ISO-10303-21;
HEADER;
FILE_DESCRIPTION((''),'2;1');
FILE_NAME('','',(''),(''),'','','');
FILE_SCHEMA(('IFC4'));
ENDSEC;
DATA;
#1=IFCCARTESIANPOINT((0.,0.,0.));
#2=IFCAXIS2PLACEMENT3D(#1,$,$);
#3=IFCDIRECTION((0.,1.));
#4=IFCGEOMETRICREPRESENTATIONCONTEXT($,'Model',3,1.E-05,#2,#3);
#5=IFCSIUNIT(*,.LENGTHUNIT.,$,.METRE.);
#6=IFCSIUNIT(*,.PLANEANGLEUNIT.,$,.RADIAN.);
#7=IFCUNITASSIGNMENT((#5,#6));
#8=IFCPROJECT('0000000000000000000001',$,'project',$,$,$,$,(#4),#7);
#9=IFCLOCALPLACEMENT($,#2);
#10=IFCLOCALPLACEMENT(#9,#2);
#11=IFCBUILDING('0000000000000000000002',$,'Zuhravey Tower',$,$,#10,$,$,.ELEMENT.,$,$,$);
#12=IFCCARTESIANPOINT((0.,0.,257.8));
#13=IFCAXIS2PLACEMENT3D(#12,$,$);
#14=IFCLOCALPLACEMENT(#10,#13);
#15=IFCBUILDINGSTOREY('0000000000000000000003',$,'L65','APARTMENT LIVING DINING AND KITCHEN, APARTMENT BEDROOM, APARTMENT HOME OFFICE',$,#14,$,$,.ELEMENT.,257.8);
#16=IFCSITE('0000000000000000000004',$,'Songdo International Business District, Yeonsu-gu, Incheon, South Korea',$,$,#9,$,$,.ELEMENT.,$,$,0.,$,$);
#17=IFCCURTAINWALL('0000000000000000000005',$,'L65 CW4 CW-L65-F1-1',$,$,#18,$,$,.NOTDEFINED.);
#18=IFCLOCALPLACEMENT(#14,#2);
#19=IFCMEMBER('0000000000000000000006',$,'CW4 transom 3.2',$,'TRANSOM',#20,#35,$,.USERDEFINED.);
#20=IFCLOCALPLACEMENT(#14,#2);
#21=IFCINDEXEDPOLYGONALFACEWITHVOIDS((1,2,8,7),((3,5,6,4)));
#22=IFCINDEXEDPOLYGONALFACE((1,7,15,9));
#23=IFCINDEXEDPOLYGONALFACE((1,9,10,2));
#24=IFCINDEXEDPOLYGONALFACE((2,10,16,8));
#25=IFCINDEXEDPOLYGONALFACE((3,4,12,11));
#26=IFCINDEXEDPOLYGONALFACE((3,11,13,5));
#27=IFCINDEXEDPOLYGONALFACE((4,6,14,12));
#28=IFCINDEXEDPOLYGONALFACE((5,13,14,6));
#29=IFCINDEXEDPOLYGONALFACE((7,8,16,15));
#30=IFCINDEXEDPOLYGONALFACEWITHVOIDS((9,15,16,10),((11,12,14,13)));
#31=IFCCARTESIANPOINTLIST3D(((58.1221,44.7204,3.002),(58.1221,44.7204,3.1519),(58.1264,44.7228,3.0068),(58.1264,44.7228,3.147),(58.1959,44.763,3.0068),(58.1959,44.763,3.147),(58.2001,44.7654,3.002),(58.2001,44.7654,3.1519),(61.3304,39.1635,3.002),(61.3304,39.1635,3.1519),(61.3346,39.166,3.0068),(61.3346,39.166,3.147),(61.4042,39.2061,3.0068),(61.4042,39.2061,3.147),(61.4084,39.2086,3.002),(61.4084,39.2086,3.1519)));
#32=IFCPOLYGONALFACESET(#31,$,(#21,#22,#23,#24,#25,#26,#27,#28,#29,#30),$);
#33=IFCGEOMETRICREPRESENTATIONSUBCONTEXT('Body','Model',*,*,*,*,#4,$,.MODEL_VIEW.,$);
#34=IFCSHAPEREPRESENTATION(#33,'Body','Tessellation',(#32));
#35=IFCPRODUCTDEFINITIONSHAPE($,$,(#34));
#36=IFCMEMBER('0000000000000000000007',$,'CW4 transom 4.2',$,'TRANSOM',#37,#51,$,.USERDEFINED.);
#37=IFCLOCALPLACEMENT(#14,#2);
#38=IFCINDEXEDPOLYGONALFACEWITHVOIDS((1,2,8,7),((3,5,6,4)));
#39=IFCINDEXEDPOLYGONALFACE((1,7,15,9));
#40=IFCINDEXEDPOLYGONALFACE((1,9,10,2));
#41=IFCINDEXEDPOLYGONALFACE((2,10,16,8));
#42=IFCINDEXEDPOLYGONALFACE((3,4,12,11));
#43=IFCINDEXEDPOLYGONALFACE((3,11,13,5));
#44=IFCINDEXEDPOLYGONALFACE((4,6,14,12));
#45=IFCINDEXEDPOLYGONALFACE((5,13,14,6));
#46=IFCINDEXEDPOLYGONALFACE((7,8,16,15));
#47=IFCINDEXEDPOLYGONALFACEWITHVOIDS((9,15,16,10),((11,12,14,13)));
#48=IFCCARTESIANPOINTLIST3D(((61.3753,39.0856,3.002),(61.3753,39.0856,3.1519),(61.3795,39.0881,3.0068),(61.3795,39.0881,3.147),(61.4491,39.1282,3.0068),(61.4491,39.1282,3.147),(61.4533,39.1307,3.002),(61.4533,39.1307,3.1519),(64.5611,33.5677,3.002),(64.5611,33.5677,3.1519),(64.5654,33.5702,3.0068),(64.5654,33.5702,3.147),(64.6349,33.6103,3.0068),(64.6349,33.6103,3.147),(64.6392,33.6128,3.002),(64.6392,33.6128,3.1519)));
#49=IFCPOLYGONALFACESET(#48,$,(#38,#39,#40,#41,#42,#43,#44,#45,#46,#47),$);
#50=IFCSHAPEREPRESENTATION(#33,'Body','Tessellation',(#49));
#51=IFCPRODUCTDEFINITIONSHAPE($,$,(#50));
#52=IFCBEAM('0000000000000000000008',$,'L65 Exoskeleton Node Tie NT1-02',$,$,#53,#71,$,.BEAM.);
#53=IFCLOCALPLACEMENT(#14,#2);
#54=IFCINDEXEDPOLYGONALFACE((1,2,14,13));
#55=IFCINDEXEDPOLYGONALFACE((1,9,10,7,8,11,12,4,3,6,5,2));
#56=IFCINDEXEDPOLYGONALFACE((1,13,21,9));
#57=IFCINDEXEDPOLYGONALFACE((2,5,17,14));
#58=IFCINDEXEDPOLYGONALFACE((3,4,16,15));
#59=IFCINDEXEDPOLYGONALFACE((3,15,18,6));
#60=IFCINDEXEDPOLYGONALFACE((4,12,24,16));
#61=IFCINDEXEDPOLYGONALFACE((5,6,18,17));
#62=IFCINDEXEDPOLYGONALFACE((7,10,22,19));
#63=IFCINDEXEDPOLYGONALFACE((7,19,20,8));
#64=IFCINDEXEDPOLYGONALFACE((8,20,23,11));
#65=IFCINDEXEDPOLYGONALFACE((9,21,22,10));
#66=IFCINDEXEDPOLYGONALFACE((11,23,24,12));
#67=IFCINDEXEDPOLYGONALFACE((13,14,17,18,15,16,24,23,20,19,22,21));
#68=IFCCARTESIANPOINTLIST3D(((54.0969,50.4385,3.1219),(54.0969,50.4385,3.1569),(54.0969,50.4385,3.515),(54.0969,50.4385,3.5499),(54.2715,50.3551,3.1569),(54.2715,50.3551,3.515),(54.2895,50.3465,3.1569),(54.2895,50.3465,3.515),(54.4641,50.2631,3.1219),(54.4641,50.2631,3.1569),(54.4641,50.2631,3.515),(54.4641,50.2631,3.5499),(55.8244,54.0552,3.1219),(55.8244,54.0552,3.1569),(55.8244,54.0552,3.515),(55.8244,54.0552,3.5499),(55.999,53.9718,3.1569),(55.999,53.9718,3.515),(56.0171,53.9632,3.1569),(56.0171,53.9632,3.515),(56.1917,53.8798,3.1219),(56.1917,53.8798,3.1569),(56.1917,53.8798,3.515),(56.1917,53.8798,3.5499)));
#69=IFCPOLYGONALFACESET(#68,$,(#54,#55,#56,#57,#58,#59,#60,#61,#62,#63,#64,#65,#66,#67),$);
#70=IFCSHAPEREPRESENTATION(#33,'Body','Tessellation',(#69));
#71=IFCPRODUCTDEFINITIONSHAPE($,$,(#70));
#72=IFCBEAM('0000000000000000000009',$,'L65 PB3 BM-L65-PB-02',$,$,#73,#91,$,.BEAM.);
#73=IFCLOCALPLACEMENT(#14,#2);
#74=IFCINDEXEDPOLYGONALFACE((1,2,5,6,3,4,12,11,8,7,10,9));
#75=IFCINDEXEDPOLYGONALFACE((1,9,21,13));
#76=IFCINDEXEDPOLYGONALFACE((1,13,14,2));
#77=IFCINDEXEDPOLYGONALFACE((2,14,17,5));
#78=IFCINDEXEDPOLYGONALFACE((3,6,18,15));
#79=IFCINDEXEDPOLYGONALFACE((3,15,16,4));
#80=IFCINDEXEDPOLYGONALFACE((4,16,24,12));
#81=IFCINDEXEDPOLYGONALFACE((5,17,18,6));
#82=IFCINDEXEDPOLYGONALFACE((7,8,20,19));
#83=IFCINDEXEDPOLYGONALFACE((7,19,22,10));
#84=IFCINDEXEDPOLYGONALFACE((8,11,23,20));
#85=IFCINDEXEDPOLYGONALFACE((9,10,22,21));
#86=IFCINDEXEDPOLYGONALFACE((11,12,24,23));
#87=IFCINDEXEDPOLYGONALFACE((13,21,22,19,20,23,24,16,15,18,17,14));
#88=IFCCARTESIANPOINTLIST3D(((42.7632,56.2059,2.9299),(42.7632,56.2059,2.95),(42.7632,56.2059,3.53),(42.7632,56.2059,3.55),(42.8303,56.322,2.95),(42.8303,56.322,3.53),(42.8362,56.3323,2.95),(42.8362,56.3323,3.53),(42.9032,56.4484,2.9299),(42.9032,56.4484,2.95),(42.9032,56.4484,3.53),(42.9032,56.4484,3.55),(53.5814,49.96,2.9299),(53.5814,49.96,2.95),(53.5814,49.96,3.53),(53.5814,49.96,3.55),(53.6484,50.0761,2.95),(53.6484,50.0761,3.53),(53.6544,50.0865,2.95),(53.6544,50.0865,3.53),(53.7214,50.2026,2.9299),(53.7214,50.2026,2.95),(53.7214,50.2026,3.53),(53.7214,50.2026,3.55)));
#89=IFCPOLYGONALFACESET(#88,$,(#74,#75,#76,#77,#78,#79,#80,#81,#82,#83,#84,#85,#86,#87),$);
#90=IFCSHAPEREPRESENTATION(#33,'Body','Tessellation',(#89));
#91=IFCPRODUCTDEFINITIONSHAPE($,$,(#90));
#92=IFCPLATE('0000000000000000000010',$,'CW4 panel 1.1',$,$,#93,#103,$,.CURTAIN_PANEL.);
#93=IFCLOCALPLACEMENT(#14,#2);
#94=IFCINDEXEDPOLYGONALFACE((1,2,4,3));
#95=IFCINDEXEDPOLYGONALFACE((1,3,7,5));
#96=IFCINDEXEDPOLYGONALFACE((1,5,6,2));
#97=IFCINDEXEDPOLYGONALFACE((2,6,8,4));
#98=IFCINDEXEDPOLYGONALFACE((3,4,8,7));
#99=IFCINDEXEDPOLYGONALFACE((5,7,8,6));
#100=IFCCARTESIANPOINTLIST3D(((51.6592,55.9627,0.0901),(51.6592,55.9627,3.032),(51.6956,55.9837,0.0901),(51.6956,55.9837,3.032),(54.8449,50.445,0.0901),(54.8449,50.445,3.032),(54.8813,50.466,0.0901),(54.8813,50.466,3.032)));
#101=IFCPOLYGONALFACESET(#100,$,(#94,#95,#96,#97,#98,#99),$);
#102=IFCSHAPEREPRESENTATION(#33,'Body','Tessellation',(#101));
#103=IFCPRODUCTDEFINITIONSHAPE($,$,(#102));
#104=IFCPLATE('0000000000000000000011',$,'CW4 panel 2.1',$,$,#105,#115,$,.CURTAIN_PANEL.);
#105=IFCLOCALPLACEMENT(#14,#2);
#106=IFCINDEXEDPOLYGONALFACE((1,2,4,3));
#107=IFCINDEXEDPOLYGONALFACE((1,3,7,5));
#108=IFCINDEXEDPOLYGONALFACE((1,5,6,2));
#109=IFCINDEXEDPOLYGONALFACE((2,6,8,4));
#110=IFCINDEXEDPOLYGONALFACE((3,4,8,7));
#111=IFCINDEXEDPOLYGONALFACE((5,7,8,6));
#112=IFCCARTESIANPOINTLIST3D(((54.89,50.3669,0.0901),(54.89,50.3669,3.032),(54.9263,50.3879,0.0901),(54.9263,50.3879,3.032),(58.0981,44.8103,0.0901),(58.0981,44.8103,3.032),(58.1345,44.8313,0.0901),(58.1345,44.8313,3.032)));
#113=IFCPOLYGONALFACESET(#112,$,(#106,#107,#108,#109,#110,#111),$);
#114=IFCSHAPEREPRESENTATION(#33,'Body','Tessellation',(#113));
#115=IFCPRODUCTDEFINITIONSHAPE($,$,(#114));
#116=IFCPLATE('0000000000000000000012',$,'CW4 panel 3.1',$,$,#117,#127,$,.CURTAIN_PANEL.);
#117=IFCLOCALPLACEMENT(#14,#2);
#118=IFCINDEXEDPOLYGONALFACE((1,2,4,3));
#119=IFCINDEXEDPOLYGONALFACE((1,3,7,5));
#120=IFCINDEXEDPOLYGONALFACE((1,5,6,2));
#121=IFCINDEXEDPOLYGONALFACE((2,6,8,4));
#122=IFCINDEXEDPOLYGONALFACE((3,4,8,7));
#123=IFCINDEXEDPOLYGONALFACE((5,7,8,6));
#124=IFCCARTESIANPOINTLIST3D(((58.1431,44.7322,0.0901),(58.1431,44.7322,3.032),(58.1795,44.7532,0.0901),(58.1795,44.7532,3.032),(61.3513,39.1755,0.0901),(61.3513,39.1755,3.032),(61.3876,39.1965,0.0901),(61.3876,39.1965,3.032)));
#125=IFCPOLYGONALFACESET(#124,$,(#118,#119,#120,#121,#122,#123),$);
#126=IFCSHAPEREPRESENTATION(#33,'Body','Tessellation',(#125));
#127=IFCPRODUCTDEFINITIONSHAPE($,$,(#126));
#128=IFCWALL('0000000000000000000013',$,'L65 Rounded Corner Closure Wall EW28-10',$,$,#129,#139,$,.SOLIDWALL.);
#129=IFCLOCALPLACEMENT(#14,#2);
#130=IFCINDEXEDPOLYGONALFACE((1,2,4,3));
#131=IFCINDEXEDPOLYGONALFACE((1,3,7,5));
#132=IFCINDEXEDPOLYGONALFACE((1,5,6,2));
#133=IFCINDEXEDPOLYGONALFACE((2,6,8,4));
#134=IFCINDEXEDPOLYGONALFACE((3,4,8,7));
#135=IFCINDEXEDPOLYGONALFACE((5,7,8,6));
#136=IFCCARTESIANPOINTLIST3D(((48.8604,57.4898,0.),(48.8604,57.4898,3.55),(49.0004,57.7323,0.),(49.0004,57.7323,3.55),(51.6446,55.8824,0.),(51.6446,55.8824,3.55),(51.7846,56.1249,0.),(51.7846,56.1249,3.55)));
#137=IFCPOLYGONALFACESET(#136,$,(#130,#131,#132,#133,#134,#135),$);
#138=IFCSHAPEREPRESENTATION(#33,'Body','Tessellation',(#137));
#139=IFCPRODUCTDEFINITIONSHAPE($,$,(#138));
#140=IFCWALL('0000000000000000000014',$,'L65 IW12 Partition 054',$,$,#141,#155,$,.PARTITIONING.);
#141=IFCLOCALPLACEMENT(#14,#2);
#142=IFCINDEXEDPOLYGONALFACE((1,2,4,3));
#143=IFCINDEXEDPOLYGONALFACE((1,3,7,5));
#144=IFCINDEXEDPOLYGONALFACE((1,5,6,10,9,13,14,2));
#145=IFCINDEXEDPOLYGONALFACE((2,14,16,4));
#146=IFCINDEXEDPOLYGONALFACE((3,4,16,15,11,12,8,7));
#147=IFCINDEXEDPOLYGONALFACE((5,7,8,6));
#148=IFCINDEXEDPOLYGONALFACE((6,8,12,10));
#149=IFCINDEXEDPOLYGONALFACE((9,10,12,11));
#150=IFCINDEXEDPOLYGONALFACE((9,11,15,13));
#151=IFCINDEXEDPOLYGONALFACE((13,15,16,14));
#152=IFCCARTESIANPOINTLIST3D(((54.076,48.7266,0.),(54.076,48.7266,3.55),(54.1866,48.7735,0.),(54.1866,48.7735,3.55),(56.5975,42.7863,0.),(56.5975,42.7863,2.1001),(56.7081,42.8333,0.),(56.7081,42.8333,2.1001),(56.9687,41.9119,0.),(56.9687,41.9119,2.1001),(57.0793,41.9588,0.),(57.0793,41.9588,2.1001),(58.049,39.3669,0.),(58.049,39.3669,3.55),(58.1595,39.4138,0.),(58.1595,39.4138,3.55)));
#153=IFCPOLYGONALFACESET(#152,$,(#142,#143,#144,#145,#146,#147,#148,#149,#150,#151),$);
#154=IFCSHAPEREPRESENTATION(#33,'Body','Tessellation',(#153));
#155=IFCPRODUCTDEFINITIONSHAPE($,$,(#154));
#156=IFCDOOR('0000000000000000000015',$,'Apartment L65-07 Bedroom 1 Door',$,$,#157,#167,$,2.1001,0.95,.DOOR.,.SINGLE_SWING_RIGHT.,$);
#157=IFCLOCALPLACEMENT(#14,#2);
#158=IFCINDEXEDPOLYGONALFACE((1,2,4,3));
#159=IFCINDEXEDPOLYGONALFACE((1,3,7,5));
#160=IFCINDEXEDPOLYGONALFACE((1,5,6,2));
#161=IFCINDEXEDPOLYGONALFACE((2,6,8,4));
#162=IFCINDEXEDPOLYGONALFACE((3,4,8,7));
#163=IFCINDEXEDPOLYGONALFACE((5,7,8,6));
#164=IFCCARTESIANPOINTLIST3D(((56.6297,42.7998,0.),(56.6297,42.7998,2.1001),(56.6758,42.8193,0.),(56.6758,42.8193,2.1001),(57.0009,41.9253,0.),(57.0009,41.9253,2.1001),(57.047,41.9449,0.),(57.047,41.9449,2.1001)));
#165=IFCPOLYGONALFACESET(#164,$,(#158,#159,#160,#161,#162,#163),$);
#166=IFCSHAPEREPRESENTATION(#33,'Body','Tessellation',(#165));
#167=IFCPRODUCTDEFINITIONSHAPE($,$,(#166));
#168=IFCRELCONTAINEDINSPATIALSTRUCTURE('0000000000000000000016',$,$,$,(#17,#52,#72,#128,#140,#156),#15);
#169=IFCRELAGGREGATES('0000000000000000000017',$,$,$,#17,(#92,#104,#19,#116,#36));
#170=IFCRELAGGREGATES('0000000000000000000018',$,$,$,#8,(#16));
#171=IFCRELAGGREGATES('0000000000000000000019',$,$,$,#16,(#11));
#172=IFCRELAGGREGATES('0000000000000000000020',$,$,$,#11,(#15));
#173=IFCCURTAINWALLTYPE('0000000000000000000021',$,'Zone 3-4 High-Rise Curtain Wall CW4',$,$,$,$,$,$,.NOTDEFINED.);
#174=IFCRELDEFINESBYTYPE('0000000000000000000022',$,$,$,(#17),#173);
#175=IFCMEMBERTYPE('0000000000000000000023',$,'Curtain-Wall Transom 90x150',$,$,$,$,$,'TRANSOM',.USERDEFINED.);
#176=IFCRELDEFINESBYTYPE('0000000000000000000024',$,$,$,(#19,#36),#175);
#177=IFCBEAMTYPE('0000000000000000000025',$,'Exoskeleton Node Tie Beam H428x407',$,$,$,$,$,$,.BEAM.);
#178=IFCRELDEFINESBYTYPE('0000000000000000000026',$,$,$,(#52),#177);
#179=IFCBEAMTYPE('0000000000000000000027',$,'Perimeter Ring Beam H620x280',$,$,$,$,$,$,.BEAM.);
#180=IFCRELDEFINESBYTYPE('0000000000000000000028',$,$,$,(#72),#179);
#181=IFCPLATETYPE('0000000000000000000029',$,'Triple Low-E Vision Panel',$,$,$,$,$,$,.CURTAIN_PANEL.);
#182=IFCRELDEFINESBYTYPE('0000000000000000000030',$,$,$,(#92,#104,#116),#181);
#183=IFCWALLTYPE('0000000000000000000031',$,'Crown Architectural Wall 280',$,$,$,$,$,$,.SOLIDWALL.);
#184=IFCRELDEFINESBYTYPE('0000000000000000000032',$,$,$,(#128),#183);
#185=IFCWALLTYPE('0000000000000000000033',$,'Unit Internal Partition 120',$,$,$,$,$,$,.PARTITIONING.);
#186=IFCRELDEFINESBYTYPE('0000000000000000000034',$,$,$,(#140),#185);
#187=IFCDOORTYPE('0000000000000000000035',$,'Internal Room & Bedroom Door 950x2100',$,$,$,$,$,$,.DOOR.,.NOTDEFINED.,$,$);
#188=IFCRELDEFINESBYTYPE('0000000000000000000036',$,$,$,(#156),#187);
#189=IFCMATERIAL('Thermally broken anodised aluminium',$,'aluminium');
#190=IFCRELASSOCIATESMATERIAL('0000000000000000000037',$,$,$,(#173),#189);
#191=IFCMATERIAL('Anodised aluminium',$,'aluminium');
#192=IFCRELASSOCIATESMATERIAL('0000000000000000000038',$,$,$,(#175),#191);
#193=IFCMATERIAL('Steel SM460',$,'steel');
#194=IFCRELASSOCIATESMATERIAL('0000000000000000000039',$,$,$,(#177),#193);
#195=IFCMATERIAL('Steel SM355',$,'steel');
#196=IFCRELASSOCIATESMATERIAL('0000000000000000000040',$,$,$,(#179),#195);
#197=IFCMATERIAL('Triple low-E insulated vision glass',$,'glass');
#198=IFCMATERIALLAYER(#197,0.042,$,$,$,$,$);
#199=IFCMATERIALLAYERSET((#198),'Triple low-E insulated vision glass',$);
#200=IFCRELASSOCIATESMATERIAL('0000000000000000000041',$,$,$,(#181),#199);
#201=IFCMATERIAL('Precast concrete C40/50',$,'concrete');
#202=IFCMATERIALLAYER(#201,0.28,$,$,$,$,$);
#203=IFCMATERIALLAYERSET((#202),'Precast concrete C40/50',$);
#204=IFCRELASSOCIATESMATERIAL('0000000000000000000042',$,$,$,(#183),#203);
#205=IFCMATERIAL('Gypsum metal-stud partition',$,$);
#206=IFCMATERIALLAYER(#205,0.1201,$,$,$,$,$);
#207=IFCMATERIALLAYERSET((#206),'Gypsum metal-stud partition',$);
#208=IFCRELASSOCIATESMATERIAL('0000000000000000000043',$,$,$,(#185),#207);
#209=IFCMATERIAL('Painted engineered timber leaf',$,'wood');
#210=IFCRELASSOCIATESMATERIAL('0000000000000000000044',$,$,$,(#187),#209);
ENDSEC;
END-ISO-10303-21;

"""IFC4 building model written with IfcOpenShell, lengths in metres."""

from ifc_helpers import new_model, si_unit, direction, frame, frame_2d, origin, origin_2d, place, context, subcontext, project, spatial, rectangle, hollow_rectangle, i_section, extrude, material, layer, layer_set, material_profile, profile_set, type_object, element, fill, aggregate, save


model = new_model("IFC4")

# Units and contexts
model_context = context("Model", 3, precision=1e-05, world=origin(), true_north=direction((0.0, 1.0)))
body_context = subcontext(model_context, "Body", "Model", "MODEL_VIEW")
ifc_project = project(units=[si_unit("LENGTHUNIT", "METRE"), si_unit("PLANEANGLEUNIT", "RADIAN")], contexts=[model_context])

# Site, building, storey
site_placement = place(None, origin())
site = spatial("IfcSite", under=ifc_project, at=site_placement, Name="Songdo International Business District, Yeonsu-gu, Incheon, South Korea", CompositionType="ELEMENT", RefElevation=0.0)
building_placement = place(site_placement, origin())
building = spatial("IfcBuilding", under=site, at=building_placement, Name="Zuhravey Tower", CompositionType="ELEMENT")
storey_placement = place(building_placement, frame((0.0, 0.0, 257.8)))
storey = spatial("IfcBuildingStorey", under=building, at=storey_placement, Name="L65", Description="APARTMENT LIVING DINING AND KITCHEN, APARTMENT BEDROOM, APARTMENT HOME OFFICE", CompositionType="ELEMENT", Elevation=257.8)

# Shared definitions
ifc_material_1 = material(Name="Thermally broken anodised aluminium", Category="aluminium")
curtain_wall_type = type_object("IfcCurtainWallType", Name="Zone 3-4 High-Rise Curtain Wall CW4", PredefinedType="NOTDEFINED", material=ifc_material_1)
ifc_material_2 = material(Name="Anodised aluminium", Category="aluminium")

# Curtain wall, members
curtain_wall_1_placement = place(storey_placement, origin())
curtain_wall_1 = element("IfcCurtainWall", 1, at=curtain_wall_1_placement, inside=storey, type_object=curtain_wall_type, Name="L65 CW4 CW-L65-F1-1", PredefinedType="NOTDEFINED")
ifc_material_profile_1 = material_profile(ifc_material_2, hollow_rectangle(XDim=0.0901, YDim=0.1499, WallThickness=0.0049, at=origin_2d()), Name="ALU-RHS-90x150x5")
ifc_profile_set_1 = profile_set([ifc_material_profile_1], Name="Anodised aluminium")
member_type_1 = type_object("IfcMemberType", Name="Curtain-Wall Transom 90x150", ElementType="TRANSOM", PredefinedType="USERDEFINED", material=ifc_profile_set_1)
member_1_placement = place(storey_placement, frame((58.1611, 44.7429, 3.0769), z_axis=(0.499998, -0.866027, 0.0), x_axis=(0.866027, 0.499998, 0.0)))
member_1 = element("IfcMember", 2, at=member_1_placement, type_object=member_type_1, Name="CW4 transom 3.2", ObjectType="TRANSOM", PredefinedType="USERDEFINED", context=body_context, shape_type="SweptSolid", body=[
    extrude(hollow_rectangle(XDim=0.0901, YDim=0.1499, WallThickness=0.0049, at=origin_2d()), origin(), (0.0, 0.0, 1.0), 6.4165),
])
member_2_placement = place(storey_placement, frame((61.4143, 39.1082, 3.0769), z_axis=(0.500009, -0.86602, 0.0), x_axis=(0.86602, 0.500009, 0.0)))
member_2 = element("IfcMember", 3, at=member_2_placement, type_object=member_type_1, Name="CW4 transom 4.2", ObjectType="TRANSOM", PredefinedType="USERDEFINED", context=body_context, shape_type="SweptSolid", body=[
    extrude(hollow_rectangle(XDim=0.0901, YDim=0.1499, WallThickness=0.0049, at=origin_2d()), origin(), (0.0, 0.0, 1.0), 6.3716),
])

# Beams
ifc_material_3 = material(Name="Steel SM460", Category="steel")
ifc_material_profile_2 = material_profile(ifc_material_3, i_section(OverallWidth=0.407, OverallDepth=0.428, WebThickness=0.02, FlangeThickness=0.0349, at=origin_2d()), Name="H-428x407x20x35")
ifc_profile_set_2 = profile_set([ifc_material_profile_2], Name="Steel SM460")
beam_type_1 = type_object("IfcBeamType", Name="Exoskeleton Node Tie Beam H428x407", PredefinedType="BEAM", material=ifc_profile_set_2)
beam_1_placement = place(storey_placement, frame((54.2805, 50.3508, 3.3359), z_axis=(0.431011, 0.902346, 0.0), x_axis=(-0.902346, 0.431011, 0.0)))
element("IfcBeam", 4, at=beam_1_placement, inside=storey, type_object=beam_type_1, Name="L65 Exoskeleton Node Tie NT1-02", PredefinedType="BEAM", context=body_context, shape_type="SweptSolid", body=[
    extrude(i_section(OverallWidth=0.407, OverallDepth=0.428, WebThickness=0.02, FlangeThickness=0.0349, at=origin_2d()), origin(), (0.0, 0.0, 1.0), 4.0081),
])
ifc_material_4 = material(Name="Steel SM355", Category="steel")
ifc_material_profile_3 = material_profile(ifc_material_4, i_section(OverallWidth=0.28, OverallDepth=0.6201, WebThickness=0.012, FlangeThickness=0.02, at=origin_2d()), Name="H-620x280x12x20")
ifc_profile_set_3 = profile_set([ifc_material_profile_3], Name="Steel SM355")
beam_type_2 = type_object("IfcBeamType", Name="Perimeter Ring Beam H620x280", PredefinedType="BEAM", material=ifc_profile_set_3)
beam_2_placement = place(storey_placement, frame((53.6514, 50.0813, 3.24), z_axis=(-0.866025, 0.5, 0.0), x_axis=(-0.5, -0.866025, 0.0)))
element("IfcBeam", 5, at=beam_2_placement, inside=storey, type_object=beam_type_2, Name="L65 PB3 BM-L65-PB-02", PredefinedType="BEAM", context=body_context, shape_type="SweptSolid", body=[
    extrude(i_section(OverallWidth=0.28, OverallDepth=0.6201, WebThickness=0.012, FlangeThickness=0.02, at=origin_2d()), origin(), (0.0, 0.0, 1.0), 12.4917),
])

# Plates
ifc_material_5 = material(Name="Triple low-E insulated vision glass", Category="glass")
ifc_layer_1 = layer(ifc_material_5, 0.042)
ifc_layer_set_1 = layer_set([ifc_layer_1], Name="Triple low-E insulated vision glass")
plate_type = type_object("IfcPlateType", Name="Triple Low-E Vision Panel", PredefinedType="CURTAIN_PANEL", material=ifc_layer_set_1)
plate_1_placement = place(storey_placement, frame((53.2703, 53.2144, 0.0901), z_axis=(0.0, 0.0, 1.0), x_axis=(0.500001, -0.866025, 0.0)))
plate_1 = element("IfcPlate", 6, at=plate_1_placement, type_object=plate_type, Name="CW4 panel 1.1", PredefinedType="CURTAIN_PANEL", context=body_context, shape_type="SweptSolid", body=[
    extrude(rectangle(XDim=6.3713, YDim=0.042, at=origin_2d()), origin(), (0.0, 0.0, 1.0), 2.9419),
])
plate_2_placement = place(storey_placement, frame((56.5122, 47.5991, 0.0901), z_axis=(0.0, 0.0, 1.0), x_axis=(0.500001, -0.866025, 0.0)))
plate_2 = element("IfcPlate", 7, at=plate_2_placement, type_object=plate_type, Name="CW4 panel 2.1", PredefinedType="CURTAIN_PANEL", context=body_context, shape_type="SweptSolid", body=[
    extrude(rectangle(XDim=6.4163, YDim=0.042, at=origin_2d()), origin(), (0.0, 0.0, 1.0), 2.9419),
])
plate_3_placement = place(storey_placement, frame((59.7654, 41.9644, 0.0901), z_axis=(0.0, 0.0, 1.0), x_axis=(0.500001, -0.866025, 0.0)))
plate_3 = element("IfcPlate", 8, at=plate_3_placement, type_object=plate_type, Name="CW4 panel 3.1", PredefinedType="CURTAIN_PANEL", context=body_context, shape_type="SweptSolid", body=[
    extrude(rectangle(XDim=6.4163, YDim=0.042, at=origin_2d()), origin(), (0.0, 0.0, 1.0), 2.9419),
])
aggregate(curtain_wall_1, [plate_1, plate_2, member_1, plate_3, member_2])

# Wall
ifc_material_6 = material(Name="Precast concrete C40/50", Category="concrete")
ifc_layer_2 = layer(ifc_material_6, 0.28)
ifc_layer_set_2 = layer_set([ifc_layer_2], Name="Precast concrete C40/50")
wall_type_1 = type_object("IfcWallType", Name="Crown Architectural Wall 280", PredefinedType="SOLIDWALL", material=ifc_layer_set_2)
wall_1_placement = place(storey_placement, frame((48.9304, 57.6111, 0.0), z_axis=(0.0, 0.0, 1.0), x_axis=(0.866029, -0.499994, 0.0)))
element("IfcWall", 9, at=wall_1_placement, inside=storey, type_object=wall_type_1, Name="L65 Rounded Corner Closure Wall EW28-10", PredefinedType="SOLIDWALL", context=body_context, shape_type="SweptSolid", body=[
    extrude(rectangle(XDim=3.2148, YDim=0.28, at=frame_2d((1.6074, 0.0))), origin(), (0.0, 0.0, 1.0), 3.55),
])

# Wall, opening, door
ifc_material_7 = material(Name="Gypsum metal-stud partition")
ifc_layer_3 = layer(ifc_material_7, 0.1201)
ifc_layer_set_3 = layer_set([ifc_layer_3], Name="Gypsum metal-stud partition")
wall_type_2 = type_object("IfcWallType", Name="Unit Internal Partition 120", PredefinedType="PARTITIONING", material=ifc_layer_set_3)
wall_2_placement = place(storey_placement, frame((58.1042, 39.3904, 0.0), z_axis=(0.0, 0.0, 1.0), x_axis=(-0.390729, 0.920506, 0.0)))
wall_2 = element("IfcWall", 10, at=wall_2_placement, inside=storey, type_object=wall_type_2, Name="L65 IW12 Partition 054", PredefinedType="PARTITIONING", context=body_context, shape_type="SweptSolid", body=[
    extrude(rectangle(XDim=10.168, YDim=0.1201, at=frame_2d((5.084, 0.0))), origin(), (0.0, 0.0, 1.0), 3.55),
])
opening_placement = place(wall_2_placement, frame((2.7646, 0.0, 0.0)))
opening = element("IfcOpeningElement", 11, at=opening_placement, cuts=wall_2, PredefinedType="OPENING", context=body_context, shape_type="SweptSolid", body=[
    extrude(rectangle(XDim=0.95, YDim=2.1001, at=frame_2d((0.4751, 1.05))), frame((0.0, 0.072, 0.0), z_axis=(0.0, -1.0, 0.0), x_axis=(1.0, 0.0, 0.0)), (0.0, 0.0, 1.0), 0.144),
])
ifc_material_8 = material(Name="Painted engineered timber leaf", Category="wood")
door_type = type_object("IfcDoorType", Name="Internal Room & Bedroom Door 950x2100", OperationType="NOTDEFINED", PredefinedType="DOOR", material=ifc_material_8)
door_placement = place(opening_placement, frame((0.95, 0.0, 0.0), z_axis=(0.0, 0.0, 1.0), x_axis=(-1.0, 0.0, 0.0)))
door = element("IfcDoor", 12, at=door_placement, inside=storey, type_object=door_type, Name="Apartment L65-07 Bedroom 1 Door", OperationType="SINGLE_SWING_RIGHT", OverallHeight=2.1001, OverallWidth=0.95, PredefinedType="DOOR", context=body_context, shape_type="SweptSolid", body=[
    extrude(rectangle(XDim=0.95, YDim=2.1001, at=frame_2d((0.4751, 1.05))), frame((0.0, 0.0249, 0.0), z_axis=(0.0, -1.0, 0.0), x_axis=(1.0, 0.0, 0.0)), (0.0, 0.0, 1.0), 0.05),
])
fill(opening, door)

save(model, "model.ifc")
